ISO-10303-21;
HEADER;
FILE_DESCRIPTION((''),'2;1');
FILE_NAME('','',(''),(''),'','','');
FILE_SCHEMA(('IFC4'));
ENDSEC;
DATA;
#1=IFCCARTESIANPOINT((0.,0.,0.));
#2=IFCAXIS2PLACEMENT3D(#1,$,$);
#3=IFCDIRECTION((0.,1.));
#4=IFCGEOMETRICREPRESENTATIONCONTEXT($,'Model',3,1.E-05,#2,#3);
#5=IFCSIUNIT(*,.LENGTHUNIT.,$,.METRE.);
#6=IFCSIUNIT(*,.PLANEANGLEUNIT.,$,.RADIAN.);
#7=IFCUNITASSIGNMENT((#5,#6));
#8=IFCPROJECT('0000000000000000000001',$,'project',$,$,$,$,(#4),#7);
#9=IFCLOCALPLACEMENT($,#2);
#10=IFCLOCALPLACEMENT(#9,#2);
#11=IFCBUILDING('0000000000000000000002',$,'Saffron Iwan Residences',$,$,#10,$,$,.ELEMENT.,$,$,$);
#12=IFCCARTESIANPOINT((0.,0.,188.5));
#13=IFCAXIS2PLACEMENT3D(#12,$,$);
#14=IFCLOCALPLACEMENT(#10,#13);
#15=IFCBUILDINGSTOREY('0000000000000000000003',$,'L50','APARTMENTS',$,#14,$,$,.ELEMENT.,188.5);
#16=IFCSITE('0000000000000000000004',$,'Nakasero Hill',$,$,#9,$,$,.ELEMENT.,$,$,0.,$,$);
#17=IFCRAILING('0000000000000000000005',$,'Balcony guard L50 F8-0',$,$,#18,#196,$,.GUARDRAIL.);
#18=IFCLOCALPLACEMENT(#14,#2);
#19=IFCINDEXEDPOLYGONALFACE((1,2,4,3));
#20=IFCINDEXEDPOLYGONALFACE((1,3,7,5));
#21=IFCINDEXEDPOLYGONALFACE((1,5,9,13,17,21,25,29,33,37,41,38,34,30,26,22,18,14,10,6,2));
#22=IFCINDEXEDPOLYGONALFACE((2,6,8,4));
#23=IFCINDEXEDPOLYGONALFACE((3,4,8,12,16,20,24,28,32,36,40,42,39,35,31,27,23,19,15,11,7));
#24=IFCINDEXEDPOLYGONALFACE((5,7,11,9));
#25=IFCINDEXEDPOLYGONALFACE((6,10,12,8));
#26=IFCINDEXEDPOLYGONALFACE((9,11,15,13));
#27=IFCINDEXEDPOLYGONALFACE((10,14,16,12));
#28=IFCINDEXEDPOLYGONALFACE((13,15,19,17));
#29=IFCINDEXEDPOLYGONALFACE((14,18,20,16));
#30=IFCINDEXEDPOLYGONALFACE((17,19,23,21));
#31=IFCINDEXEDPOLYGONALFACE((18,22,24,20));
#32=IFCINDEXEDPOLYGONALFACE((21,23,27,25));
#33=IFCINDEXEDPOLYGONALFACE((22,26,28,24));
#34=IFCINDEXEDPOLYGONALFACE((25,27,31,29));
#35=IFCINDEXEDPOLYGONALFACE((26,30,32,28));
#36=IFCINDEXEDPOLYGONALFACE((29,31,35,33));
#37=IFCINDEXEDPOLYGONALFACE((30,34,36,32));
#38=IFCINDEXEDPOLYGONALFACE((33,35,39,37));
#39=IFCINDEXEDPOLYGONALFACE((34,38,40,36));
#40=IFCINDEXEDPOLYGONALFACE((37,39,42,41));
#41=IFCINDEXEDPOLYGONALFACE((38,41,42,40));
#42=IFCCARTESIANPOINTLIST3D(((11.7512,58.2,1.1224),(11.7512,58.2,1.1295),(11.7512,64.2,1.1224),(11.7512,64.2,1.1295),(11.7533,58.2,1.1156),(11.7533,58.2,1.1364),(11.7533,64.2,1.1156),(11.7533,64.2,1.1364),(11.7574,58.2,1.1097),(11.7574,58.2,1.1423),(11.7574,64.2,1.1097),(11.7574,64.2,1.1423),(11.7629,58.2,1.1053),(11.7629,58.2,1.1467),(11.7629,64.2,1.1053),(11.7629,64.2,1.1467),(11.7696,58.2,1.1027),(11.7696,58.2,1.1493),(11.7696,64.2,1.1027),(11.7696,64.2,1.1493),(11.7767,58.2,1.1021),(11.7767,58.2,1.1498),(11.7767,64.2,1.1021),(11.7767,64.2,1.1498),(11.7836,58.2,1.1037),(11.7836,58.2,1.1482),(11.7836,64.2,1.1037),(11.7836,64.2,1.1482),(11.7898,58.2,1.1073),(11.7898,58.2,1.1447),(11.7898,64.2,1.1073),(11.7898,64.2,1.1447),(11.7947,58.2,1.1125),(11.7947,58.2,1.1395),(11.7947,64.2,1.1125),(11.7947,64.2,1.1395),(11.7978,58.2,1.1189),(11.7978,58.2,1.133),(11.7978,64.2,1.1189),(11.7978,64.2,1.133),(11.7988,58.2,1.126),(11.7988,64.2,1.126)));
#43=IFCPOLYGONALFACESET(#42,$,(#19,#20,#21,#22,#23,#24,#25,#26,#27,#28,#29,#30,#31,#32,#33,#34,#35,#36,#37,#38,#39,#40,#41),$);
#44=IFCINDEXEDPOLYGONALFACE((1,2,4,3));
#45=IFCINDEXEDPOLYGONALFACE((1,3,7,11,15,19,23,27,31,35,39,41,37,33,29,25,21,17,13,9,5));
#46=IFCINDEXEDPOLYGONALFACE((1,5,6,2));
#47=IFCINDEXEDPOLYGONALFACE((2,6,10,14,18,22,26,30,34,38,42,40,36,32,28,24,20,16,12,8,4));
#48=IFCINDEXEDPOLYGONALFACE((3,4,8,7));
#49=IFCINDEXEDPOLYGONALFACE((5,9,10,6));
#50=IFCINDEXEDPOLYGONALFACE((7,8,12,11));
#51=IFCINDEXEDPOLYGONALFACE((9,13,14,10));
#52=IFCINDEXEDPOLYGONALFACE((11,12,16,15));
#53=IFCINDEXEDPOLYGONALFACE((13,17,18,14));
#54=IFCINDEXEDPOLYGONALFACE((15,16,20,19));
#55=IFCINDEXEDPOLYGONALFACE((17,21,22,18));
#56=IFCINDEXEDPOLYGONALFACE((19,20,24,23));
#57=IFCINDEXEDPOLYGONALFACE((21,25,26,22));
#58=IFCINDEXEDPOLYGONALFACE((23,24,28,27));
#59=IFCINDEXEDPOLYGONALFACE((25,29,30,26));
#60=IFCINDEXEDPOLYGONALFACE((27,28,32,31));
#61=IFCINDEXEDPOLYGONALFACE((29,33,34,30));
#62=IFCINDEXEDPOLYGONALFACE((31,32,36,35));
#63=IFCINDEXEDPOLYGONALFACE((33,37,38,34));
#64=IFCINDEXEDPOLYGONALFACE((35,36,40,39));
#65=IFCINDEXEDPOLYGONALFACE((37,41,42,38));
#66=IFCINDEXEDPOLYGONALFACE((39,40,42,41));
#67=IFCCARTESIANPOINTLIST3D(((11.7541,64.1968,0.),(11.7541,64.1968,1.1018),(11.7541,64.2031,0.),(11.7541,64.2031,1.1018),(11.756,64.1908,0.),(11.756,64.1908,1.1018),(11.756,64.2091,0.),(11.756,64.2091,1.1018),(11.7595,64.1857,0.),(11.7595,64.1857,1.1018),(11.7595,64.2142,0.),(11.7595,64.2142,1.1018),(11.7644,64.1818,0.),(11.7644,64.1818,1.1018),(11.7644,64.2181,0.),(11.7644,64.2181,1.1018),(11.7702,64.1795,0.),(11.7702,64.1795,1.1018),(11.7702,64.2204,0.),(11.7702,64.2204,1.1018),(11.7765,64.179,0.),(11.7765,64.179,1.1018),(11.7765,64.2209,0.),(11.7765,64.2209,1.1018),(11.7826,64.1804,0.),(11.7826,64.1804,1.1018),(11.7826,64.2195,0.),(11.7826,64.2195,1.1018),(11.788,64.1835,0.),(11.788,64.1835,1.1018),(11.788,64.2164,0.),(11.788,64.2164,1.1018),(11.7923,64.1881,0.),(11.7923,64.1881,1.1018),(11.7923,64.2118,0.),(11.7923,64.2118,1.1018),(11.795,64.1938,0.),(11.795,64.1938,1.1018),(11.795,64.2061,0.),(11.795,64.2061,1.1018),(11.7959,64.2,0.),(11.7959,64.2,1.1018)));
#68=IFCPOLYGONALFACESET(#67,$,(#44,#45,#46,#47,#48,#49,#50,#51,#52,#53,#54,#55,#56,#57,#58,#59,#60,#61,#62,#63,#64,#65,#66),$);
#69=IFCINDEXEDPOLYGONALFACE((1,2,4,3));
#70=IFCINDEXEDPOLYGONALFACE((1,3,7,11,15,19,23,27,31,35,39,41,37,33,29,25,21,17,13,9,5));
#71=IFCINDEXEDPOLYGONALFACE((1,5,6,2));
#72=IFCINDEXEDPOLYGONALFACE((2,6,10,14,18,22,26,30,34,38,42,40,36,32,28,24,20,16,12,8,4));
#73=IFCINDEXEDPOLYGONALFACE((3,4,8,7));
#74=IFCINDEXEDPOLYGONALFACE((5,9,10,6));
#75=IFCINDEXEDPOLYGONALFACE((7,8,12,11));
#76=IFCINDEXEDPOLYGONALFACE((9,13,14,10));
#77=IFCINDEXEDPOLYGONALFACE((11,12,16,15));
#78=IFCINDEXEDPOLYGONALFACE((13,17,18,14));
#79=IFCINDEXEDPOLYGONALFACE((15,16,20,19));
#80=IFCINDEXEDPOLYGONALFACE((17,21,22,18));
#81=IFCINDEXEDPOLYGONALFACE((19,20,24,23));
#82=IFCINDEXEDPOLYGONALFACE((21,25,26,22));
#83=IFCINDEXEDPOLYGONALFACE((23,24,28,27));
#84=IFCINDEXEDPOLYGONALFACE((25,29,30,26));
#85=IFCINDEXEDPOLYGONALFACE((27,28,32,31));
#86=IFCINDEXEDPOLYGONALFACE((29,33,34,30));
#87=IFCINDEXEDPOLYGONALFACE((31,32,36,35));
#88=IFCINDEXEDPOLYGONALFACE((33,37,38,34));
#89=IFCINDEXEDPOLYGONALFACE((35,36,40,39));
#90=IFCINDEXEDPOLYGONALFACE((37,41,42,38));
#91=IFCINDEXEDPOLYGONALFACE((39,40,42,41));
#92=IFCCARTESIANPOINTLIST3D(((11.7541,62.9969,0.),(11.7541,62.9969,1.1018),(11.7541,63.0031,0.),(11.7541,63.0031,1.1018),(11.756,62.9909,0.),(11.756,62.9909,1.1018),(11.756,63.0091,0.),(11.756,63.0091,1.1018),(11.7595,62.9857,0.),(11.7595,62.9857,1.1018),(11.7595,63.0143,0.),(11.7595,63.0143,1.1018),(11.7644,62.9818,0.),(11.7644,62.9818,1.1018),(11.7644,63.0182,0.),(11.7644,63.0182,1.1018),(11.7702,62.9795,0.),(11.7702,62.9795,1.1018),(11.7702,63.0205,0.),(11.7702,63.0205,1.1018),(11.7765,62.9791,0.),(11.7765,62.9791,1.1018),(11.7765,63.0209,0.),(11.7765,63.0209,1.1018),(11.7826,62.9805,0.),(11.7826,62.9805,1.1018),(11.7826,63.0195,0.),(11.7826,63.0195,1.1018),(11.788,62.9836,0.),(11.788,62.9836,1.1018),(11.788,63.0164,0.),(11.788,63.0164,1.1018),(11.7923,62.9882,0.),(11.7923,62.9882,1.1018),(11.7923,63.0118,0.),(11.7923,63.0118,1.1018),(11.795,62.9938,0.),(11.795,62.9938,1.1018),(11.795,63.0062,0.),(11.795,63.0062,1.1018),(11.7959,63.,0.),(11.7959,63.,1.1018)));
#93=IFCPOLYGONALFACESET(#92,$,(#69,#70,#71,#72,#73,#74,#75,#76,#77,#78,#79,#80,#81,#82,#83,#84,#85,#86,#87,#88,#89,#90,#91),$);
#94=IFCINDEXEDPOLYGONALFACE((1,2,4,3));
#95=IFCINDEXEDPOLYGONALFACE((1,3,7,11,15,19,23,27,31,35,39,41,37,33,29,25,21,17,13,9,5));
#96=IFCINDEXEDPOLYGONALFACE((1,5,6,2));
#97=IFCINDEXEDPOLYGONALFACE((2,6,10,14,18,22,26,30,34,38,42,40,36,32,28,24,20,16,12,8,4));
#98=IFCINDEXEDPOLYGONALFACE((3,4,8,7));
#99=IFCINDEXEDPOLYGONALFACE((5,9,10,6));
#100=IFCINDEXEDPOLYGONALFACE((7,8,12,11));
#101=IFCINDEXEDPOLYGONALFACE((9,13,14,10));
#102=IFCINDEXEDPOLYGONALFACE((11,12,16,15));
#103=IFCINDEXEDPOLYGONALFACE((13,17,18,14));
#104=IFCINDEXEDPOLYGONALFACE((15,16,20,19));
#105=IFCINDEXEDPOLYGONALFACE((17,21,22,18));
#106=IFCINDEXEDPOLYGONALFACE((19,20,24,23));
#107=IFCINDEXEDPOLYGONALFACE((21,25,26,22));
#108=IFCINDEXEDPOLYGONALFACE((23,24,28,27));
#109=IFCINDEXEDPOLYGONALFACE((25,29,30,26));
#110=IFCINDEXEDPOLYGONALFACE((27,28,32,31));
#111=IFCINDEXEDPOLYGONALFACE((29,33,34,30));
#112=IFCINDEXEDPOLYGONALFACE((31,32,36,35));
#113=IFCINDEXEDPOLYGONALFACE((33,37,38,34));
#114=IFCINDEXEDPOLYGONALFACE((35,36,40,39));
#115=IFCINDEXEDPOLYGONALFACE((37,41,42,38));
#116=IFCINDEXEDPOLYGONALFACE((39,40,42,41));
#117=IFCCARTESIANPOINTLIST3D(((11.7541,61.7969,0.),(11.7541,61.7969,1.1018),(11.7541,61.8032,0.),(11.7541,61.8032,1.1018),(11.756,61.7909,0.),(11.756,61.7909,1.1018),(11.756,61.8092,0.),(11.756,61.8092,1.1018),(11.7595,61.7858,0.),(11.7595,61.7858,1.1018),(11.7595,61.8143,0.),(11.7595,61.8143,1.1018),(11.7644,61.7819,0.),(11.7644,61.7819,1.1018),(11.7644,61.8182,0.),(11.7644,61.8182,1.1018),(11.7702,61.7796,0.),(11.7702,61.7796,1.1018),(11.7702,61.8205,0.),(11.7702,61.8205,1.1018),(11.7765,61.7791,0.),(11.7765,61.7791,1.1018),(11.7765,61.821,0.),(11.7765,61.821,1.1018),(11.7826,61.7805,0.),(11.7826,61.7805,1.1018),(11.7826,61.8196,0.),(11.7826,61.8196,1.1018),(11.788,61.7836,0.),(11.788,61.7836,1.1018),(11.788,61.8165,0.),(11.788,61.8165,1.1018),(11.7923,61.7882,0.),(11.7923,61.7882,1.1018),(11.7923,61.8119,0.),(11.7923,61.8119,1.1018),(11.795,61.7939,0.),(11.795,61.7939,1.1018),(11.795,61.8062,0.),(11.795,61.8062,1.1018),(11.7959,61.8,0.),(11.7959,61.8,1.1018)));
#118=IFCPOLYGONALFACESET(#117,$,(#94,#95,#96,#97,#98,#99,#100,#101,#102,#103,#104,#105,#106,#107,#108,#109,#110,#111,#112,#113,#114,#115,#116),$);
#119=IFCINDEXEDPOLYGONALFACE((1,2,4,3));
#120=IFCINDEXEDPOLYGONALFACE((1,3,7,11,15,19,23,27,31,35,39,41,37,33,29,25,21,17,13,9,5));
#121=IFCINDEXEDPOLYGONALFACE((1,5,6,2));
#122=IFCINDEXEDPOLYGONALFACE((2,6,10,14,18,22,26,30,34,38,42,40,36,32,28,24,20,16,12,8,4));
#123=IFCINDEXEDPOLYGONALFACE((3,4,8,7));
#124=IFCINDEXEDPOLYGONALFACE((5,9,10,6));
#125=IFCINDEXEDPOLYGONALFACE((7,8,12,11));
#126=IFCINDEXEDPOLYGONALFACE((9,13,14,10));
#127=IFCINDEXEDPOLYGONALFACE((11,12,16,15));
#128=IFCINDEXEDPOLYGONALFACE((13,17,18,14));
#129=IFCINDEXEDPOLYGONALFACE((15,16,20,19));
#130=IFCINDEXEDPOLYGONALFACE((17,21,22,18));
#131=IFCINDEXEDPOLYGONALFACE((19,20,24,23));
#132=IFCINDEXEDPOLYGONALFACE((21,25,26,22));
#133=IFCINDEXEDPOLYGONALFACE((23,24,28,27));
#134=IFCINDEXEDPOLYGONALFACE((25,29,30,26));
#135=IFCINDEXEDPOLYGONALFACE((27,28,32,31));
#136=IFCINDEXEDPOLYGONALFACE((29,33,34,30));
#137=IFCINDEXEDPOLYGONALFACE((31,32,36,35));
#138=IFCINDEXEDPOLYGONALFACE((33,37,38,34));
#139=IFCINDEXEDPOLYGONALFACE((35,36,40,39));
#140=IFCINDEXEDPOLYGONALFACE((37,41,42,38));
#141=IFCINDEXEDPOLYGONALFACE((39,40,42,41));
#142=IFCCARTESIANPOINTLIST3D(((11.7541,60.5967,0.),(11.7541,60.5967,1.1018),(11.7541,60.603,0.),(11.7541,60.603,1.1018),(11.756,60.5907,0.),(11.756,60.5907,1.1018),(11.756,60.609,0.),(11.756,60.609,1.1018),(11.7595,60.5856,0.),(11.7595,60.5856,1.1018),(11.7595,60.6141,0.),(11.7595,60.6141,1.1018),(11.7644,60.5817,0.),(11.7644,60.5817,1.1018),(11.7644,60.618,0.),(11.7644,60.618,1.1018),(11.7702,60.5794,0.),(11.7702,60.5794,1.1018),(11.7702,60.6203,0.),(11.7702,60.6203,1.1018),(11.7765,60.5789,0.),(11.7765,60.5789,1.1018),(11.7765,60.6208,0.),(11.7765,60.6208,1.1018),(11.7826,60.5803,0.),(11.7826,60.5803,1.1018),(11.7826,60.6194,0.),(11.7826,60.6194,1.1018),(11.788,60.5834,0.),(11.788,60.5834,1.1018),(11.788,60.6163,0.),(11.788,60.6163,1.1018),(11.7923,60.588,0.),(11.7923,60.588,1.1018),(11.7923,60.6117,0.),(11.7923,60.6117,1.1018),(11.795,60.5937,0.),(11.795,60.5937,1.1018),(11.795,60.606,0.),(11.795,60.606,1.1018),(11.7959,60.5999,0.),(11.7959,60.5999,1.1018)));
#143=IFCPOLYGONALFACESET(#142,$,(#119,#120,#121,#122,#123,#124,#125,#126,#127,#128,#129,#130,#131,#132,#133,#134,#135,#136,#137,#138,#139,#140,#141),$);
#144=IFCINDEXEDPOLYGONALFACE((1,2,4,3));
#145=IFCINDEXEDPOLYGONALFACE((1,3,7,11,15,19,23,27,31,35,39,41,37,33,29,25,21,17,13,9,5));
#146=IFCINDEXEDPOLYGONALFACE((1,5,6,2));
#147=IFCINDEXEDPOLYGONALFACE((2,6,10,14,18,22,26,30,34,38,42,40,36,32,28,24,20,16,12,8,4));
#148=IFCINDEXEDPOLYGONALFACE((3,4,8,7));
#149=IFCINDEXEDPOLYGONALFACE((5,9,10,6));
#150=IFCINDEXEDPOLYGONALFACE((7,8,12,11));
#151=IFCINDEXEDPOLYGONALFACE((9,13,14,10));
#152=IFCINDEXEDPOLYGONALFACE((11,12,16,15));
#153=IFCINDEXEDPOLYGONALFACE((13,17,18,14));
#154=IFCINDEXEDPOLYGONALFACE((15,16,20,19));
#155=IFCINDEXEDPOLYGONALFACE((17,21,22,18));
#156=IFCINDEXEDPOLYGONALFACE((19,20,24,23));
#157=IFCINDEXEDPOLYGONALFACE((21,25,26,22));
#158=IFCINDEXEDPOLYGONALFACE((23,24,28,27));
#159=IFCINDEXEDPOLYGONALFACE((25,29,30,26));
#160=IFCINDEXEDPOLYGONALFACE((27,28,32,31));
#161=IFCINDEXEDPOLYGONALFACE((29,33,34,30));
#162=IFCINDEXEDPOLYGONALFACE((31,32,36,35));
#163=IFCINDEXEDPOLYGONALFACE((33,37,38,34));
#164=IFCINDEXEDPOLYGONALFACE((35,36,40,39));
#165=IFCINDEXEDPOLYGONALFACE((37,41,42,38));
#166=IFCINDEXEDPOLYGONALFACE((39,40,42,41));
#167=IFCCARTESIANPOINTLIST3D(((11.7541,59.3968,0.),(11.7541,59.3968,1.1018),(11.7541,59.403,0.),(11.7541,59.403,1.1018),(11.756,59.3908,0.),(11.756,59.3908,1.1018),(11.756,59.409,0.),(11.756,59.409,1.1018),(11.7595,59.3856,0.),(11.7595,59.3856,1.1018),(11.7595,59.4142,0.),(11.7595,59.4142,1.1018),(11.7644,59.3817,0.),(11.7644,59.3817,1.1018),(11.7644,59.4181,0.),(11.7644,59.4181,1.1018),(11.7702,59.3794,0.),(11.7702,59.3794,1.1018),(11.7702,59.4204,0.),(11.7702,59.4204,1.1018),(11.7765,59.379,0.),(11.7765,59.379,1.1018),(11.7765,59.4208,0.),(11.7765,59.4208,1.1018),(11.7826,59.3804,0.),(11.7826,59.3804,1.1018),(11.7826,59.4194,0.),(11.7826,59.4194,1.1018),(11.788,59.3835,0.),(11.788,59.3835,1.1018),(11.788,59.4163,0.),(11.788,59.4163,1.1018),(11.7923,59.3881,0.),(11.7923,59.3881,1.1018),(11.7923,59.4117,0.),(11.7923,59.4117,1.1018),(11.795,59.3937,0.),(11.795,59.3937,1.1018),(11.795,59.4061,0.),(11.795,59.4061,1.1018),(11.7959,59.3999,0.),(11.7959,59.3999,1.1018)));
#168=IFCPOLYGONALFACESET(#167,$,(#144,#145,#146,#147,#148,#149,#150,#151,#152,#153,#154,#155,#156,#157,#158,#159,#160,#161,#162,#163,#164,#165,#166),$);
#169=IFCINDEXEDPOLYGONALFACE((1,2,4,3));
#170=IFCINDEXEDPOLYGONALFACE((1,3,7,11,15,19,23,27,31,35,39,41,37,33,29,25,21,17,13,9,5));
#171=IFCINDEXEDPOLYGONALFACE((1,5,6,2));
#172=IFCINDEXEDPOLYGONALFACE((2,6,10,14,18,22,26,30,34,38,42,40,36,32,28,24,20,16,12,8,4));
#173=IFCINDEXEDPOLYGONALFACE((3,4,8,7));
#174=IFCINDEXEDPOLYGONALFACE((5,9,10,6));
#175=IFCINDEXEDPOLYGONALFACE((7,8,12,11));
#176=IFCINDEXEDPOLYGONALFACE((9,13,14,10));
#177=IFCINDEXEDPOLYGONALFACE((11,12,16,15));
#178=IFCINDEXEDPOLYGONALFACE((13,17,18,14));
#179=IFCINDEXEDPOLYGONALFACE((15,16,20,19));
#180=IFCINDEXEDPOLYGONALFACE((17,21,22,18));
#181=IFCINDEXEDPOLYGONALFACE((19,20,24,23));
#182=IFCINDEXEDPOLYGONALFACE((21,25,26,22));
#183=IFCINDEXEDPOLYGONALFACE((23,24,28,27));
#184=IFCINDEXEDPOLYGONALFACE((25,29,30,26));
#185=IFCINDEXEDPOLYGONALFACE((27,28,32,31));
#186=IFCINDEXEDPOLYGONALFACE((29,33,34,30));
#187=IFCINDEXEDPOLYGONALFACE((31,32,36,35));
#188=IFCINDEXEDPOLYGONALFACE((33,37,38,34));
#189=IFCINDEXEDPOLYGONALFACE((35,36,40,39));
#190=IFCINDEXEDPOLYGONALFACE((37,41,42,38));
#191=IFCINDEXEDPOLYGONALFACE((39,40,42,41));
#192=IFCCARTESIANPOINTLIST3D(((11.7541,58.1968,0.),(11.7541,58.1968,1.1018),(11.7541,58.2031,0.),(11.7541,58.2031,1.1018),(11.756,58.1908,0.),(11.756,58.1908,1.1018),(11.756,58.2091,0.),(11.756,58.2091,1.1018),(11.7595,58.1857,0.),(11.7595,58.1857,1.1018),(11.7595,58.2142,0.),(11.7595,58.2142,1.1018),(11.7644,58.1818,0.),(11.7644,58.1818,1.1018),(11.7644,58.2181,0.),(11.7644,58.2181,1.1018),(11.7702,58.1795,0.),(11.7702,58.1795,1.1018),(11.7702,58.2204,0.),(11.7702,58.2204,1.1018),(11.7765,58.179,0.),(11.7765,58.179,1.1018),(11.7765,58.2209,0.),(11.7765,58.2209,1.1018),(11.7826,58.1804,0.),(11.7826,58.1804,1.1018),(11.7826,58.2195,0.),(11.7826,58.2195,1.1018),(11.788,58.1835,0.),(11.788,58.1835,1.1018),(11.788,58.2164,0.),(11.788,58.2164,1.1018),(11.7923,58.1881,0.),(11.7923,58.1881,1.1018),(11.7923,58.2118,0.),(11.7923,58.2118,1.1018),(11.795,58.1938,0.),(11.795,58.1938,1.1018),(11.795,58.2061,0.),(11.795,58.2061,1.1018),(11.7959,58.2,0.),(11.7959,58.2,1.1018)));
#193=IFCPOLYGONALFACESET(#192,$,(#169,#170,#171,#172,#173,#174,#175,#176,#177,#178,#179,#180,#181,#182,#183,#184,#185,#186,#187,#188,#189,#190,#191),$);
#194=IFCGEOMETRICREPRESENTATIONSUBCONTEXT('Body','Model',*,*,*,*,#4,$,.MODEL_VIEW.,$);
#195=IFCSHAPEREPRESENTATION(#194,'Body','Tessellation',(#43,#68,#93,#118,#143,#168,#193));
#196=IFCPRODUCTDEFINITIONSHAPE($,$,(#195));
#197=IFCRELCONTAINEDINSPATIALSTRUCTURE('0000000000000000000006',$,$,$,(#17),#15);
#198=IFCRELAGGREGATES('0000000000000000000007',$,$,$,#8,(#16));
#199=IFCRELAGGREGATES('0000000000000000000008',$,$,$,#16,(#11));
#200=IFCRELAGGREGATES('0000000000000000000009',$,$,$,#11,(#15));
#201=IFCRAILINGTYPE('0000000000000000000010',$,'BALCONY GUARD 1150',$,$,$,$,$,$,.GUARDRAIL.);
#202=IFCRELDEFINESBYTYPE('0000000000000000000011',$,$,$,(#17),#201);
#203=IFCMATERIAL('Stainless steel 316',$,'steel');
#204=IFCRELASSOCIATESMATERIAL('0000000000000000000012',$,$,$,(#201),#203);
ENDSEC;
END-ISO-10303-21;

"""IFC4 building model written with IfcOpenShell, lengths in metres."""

from ifc_helpers import new_model, si_unit, direction, frame, origin, origin_2d, place, context, subcontext, project, spatial, circle, extrude, material, type_object, element, save


model = new_model("IFC4")

# Units and contexts
model_context = context("Model", 3, precision=1e-05, world=origin(), true_north=direction((0.0, 1.0)))
body_context = subcontext(model_context, "Body", "Model", "MODEL_VIEW")
ifc_project = project(units=[si_unit("LENGTHUNIT", "METRE"), si_unit("PLANEANGLEUNIT", "RADIAN")], contexts=[model_context])

# Site, building, storey
site_placement = place(None, origin())
site = spatial("IfcSite", under=ifc_project, at=site_placement, Name="Nakasero Hill", CompositionType="ELEMENT", RefElevation=0.0)
building_placement = place(site_placement, origin())
building = spatial("IfcBuilding", under=site, at=building_placement, Name="Saffron Iwan Residences", CompositionType="ELEMENT")
storey_placement = place(building_placement, frame((0.0, 0.0, 188.5)))
storey = spatial("IfcBuildingStorey", under=building, at=storey_placement, Name="L50", Description="APARTMENTS", CompositionType="ELEMENT", Elevation=188.5)

# Railing
ifc_material_1 = material(Name="Stainless steel 316", Category="steel")
railing_type = type_object("IfcRailingType", Name="BALCONY GUARD 1150", PredefinedType="GUARDRAIL", material=ifc_material_1)
railing_placement = place(storey_placement, frame((11.7749, 64.2, 0.0)))
element("IfcRailing", 1, at=railing_placement, inside=storey, type_object=railing_type, Name="Balcony guard L50 F8-0", PredefinedType="GUARDRAIL", context=body_context, shape_type="SweptSolid", body=[
    extrude(circle(Radius=0.0239, at=origin_2d()), frame((0.0, 0.0, 1.126), z_axis=(0.0, -1.0, 0.0), x_axis=(1.0, 0.0, 0.0)), (0.0, 0.0, 1.0), 6.0),
    extrude(circle(Radius=0.021, at=origin_2d()), origin(), (0.0, 0.0, 1.0), 1.1018),
    extrude(circle(Radius=0.021, at=origin_2d()), frame((0.0, -1.2, 0.0)), (0.0, 0.0, 1.0), 1.1018),
    extrude(circle(Radius=0.021, at=origin_2d()), frame((0.0, -2.3999, 0.0)), (0.0, 0.0, 1.0), 1.1018),
    extrude(circle(Radius=0.021, at=origin_2d()), frame((0.0, -3.6001, 0.0)), (0.0, 0.0, 1.0), 1.1018),
    extrude(circle(Radius=0.021, at=origin_2d()), frame((0.0, -4.8, 0.0)), (0.0, 0.0, 1.0), 1.1018),
    extrude(circle(Radius=0.021, at=origin_2d()), frame((0.0, -6.0, 0.0)), (0.0, 0.0, 1.0), 1.1018),
])

save(model, "model.ifc")
